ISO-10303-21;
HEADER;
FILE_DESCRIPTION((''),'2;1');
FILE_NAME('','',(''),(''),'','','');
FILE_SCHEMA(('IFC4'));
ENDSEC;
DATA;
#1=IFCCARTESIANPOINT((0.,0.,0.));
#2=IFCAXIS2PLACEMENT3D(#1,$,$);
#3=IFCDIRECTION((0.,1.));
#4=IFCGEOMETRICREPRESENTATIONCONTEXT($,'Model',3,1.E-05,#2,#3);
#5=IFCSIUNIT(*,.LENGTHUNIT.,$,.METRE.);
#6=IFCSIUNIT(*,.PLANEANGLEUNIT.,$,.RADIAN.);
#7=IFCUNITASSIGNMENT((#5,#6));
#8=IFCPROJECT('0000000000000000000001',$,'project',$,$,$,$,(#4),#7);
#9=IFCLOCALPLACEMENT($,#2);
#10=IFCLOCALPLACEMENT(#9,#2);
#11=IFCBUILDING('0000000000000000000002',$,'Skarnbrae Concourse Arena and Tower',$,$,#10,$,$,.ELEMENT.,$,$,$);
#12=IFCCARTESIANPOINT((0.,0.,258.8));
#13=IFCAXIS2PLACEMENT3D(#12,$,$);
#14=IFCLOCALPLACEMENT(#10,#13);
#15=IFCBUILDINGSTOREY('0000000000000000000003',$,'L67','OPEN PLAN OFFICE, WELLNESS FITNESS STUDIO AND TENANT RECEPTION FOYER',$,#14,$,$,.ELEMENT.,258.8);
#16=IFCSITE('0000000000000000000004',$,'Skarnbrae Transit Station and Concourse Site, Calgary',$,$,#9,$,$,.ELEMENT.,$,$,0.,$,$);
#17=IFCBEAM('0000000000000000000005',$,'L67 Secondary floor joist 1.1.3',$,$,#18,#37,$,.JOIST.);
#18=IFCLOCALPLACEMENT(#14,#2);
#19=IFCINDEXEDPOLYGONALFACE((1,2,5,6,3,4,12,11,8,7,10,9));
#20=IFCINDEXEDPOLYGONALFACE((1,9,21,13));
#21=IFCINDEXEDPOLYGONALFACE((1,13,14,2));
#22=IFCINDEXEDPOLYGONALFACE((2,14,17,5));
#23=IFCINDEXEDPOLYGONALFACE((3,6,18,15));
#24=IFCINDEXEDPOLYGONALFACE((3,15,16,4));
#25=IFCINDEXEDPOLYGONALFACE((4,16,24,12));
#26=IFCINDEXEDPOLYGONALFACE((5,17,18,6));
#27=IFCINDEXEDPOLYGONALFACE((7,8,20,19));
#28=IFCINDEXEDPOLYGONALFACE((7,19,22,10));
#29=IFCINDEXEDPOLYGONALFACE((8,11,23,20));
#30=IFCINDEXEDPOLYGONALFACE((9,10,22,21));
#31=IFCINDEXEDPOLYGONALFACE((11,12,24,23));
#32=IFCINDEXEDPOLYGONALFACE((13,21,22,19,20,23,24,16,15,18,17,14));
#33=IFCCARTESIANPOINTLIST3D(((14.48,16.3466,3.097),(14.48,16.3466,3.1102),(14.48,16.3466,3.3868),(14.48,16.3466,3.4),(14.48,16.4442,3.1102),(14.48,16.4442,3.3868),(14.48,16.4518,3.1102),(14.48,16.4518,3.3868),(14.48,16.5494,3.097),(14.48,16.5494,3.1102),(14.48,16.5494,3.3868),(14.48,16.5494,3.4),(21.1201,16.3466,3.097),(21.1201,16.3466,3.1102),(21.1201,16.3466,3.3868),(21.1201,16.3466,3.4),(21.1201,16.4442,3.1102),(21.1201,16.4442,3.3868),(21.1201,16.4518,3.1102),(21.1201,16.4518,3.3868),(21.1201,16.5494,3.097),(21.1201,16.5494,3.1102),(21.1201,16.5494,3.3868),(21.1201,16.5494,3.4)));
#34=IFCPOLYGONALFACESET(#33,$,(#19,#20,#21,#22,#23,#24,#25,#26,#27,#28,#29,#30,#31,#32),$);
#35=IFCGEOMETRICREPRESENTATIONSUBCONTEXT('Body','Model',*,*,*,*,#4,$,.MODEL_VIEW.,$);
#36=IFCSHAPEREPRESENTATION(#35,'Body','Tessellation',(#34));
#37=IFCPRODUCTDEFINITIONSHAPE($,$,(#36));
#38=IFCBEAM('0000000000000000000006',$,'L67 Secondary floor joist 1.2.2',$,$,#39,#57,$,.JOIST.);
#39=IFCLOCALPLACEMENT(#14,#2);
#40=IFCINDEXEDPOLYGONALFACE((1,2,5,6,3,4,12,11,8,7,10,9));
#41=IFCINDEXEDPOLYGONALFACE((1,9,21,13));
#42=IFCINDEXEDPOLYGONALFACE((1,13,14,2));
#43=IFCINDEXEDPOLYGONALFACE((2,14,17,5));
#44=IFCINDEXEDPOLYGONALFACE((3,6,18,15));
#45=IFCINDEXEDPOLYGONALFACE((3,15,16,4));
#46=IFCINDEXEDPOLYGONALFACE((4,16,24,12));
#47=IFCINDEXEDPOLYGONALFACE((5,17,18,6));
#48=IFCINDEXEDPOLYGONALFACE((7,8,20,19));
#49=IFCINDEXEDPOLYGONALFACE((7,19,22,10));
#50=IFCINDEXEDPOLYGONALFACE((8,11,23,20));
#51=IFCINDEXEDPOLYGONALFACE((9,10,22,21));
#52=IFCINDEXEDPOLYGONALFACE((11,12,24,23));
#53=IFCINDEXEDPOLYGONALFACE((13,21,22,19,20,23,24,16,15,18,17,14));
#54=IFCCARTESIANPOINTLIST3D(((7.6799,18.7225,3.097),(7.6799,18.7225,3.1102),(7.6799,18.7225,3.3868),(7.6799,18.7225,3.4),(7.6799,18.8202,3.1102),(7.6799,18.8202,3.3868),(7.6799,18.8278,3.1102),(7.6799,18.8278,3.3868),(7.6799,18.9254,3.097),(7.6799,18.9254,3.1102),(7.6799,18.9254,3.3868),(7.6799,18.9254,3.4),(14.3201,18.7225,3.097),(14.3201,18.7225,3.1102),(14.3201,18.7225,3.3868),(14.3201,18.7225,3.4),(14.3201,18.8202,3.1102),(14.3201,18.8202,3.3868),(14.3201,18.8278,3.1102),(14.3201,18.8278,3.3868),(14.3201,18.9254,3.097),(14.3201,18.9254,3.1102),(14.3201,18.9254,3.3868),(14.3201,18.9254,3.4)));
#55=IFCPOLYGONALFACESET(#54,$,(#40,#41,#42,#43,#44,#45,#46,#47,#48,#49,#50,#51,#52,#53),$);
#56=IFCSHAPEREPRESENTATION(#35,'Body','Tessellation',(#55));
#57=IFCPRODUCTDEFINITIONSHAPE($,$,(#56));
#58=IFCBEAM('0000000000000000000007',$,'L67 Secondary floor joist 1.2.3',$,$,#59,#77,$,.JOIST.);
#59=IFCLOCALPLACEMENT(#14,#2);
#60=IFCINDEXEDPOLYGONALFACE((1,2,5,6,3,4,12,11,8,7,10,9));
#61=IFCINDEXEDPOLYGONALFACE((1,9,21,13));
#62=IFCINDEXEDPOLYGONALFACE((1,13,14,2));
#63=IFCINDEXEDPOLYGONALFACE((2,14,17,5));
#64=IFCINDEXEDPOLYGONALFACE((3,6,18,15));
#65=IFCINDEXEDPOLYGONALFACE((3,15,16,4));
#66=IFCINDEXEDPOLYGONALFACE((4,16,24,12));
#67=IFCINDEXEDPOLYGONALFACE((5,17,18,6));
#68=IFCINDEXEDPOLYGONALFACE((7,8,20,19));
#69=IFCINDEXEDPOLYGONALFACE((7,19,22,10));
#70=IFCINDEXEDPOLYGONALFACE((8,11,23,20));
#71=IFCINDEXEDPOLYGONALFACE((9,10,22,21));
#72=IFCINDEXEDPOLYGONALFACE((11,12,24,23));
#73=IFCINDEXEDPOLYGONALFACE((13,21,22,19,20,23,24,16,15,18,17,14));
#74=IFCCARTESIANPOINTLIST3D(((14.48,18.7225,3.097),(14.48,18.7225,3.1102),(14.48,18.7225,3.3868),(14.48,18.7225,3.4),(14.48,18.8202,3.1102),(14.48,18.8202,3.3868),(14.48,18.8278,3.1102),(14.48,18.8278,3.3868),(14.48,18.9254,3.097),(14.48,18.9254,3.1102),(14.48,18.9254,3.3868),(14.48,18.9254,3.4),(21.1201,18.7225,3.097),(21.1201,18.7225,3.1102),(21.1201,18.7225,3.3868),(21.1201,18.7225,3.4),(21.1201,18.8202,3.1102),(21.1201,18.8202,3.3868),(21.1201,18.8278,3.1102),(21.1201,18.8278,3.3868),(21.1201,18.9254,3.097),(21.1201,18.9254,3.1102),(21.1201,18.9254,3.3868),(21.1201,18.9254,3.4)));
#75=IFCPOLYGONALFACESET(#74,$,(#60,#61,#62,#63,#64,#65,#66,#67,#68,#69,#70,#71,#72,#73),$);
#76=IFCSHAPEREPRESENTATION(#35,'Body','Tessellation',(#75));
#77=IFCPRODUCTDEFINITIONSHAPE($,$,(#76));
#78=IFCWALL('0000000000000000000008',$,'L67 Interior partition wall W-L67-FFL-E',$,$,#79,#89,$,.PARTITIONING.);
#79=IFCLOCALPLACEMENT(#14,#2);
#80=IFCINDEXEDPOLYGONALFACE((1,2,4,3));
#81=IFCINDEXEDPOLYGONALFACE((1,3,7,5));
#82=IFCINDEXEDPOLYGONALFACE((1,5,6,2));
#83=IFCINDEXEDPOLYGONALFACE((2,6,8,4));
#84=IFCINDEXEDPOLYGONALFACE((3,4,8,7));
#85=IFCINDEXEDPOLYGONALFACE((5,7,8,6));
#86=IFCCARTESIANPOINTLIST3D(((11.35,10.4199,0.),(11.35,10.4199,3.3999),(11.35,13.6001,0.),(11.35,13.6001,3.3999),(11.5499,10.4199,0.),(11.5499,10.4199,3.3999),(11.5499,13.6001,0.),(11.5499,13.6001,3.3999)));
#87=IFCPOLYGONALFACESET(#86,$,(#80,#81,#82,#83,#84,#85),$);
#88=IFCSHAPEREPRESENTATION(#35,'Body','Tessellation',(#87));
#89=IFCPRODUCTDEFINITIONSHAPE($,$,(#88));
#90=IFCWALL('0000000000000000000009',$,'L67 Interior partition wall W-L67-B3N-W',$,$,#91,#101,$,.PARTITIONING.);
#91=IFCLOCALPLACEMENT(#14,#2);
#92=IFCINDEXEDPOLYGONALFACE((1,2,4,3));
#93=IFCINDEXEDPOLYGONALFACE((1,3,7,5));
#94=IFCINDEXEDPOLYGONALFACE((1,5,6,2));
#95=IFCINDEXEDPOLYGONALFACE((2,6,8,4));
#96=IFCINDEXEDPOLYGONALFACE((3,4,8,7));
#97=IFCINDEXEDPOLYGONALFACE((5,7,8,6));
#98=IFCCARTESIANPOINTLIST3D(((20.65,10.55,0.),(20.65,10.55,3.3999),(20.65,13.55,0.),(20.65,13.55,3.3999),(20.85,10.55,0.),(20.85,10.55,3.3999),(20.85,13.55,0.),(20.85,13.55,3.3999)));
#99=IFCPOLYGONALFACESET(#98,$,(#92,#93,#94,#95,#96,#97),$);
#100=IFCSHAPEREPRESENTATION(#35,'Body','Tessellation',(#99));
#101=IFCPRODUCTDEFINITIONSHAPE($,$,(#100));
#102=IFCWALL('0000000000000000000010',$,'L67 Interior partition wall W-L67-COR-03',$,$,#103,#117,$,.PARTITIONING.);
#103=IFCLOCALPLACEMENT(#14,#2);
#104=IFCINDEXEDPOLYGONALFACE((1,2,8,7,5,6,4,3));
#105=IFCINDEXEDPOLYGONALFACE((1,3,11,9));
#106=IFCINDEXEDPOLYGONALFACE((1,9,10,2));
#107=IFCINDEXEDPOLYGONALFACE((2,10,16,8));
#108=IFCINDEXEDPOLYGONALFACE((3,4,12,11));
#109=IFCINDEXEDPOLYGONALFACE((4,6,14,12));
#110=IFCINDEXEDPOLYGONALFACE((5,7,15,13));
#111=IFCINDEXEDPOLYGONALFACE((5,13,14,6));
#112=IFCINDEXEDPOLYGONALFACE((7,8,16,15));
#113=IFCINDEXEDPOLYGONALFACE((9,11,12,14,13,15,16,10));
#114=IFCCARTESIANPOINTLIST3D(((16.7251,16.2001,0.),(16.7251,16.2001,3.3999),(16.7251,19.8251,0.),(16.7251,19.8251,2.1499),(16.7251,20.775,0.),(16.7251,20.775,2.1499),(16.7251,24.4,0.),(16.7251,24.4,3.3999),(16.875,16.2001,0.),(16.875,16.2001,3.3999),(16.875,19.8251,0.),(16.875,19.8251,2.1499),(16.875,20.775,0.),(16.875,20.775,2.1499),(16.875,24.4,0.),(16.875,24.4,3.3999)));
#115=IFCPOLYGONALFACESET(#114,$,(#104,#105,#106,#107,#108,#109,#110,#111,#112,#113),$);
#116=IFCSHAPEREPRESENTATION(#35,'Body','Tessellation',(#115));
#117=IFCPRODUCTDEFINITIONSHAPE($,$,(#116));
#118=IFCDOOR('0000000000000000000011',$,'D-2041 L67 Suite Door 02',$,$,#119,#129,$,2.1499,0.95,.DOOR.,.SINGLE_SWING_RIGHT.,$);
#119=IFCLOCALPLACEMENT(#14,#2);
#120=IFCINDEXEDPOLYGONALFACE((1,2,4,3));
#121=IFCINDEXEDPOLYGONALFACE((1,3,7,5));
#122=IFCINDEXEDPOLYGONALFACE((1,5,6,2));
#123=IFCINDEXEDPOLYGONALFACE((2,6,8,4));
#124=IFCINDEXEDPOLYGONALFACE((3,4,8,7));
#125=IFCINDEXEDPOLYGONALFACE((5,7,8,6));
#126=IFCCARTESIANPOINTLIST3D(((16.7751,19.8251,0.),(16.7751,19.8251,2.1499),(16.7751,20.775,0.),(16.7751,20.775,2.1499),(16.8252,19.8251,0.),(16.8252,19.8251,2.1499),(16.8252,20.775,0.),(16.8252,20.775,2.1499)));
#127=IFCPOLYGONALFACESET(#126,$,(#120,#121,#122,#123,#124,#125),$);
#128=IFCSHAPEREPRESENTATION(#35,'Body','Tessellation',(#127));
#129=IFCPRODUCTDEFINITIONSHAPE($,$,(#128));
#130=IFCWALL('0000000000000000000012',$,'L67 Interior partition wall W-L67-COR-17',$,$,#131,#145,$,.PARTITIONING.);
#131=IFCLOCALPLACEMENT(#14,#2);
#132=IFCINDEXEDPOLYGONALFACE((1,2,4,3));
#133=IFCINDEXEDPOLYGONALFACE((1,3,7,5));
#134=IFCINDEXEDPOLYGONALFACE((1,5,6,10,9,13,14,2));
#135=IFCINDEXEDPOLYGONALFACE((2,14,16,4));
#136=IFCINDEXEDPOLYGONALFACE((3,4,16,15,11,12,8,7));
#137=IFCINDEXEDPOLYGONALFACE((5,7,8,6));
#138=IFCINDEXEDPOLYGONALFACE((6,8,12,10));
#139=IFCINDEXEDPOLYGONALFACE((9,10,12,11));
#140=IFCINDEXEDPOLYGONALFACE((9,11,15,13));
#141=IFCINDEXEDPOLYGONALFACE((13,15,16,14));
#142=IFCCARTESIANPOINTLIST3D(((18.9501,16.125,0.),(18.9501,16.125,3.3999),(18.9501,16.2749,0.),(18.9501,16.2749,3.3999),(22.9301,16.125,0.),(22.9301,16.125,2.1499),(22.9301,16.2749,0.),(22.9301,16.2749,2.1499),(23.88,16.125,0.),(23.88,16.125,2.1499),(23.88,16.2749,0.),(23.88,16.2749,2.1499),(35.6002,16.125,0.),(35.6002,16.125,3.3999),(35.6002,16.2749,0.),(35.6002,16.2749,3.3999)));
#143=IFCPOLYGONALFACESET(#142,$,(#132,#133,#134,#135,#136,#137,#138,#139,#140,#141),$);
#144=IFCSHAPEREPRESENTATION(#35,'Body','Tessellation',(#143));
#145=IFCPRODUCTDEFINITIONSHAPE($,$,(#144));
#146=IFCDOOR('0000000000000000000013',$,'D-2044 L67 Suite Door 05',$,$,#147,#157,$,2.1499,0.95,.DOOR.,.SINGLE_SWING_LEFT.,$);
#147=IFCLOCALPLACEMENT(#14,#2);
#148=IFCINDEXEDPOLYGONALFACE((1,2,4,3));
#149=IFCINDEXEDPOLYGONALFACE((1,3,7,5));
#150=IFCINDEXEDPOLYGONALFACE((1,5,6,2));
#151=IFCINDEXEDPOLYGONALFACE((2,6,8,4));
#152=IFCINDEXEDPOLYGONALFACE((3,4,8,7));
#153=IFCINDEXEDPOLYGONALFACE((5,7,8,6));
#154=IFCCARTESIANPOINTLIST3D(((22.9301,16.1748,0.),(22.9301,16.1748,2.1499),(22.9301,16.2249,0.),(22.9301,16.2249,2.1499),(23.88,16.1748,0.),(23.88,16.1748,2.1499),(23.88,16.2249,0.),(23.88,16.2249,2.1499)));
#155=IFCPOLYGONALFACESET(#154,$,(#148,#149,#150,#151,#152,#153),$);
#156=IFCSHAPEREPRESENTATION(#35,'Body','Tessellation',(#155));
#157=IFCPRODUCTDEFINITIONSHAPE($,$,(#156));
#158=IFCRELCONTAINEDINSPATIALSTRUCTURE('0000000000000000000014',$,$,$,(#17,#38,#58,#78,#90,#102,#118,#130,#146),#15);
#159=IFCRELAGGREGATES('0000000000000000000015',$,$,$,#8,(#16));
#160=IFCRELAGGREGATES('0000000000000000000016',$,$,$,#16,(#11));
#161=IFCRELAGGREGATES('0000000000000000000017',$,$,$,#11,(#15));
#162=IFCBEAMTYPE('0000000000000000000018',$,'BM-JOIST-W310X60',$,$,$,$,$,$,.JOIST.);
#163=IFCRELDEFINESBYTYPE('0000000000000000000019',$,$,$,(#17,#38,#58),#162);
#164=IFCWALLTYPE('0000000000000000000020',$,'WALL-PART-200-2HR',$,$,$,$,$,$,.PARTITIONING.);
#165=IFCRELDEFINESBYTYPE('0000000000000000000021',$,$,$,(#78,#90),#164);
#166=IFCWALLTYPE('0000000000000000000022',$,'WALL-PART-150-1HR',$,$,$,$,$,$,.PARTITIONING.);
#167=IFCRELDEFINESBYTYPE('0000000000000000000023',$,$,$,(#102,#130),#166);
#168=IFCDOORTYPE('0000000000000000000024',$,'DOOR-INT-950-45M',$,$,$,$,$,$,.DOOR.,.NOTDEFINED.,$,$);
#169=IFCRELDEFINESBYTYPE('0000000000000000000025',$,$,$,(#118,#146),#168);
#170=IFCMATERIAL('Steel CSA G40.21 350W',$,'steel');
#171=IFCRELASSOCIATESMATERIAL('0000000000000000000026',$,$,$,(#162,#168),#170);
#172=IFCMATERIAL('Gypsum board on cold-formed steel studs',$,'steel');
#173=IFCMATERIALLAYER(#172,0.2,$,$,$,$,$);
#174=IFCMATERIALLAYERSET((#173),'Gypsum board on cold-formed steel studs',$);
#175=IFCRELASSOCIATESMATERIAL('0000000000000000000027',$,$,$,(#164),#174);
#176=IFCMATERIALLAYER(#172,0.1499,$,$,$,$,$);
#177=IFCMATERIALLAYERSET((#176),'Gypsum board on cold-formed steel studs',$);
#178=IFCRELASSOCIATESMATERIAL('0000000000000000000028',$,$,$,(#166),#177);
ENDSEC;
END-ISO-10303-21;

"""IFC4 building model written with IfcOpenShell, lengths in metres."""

from ifc_helpers import new_model, si_unit, direction, frame, frame_2d, origin, origin_2d, place, context, subcontext, project, spatial, rectangle, i_section, extrude, source, transform, mapped, material, layer, layer_set, material_profile, profile_set, type_object, element, fill, save


model = new_model("IFC4")

# Units and contexts
model_context = context("Model", 3, precision=1e-05, world=origin(), true_north=direction((0.0, 1.0)))
body_context = subcontext(model_context, "Body", "Model", "MODEL_VIEW")
ifc_project = project(units=[si_unit("LENGTHUNIT", "METRE"), si_unit("PLANEANGLEUNIT", "RADIAN")], contexts=[model_context])

# Site, building, storey
site_placement = place(None, origin())
site = spatial("IfcSite", under=ifc_project, at=site_placement, Name="Skarnbrae Transit Station and Concourse Site, Calgary", CompositionType="ELEMENT", RefElevation=0.0)
building_placement = place(site_placement, origin())
building = spatial("IfcBuilding", under=site, at=building_placement, Name="Skarnbrae Concourse Arena and Tower", CompositionType="ELEMENT")
storey_placement = place(building_placement, frame((0.0, 0.0, 258.8)))
storey = spatial("IfcBuildingStorey", under=building, at=storey_placement, Name="L67", Description="OPEN PLAN OFFICE, WELLNESS FITNESS STUDIO AND TENANT RECEPTION FOYER", CompositionType="ELEMENT", Elevation=258.8)

# Shared definitions
ifc_material_1 = material(Name="Steel CSA G40.21 350W", Category="steel")

# Beams
ifc_material_profile_1 = material_profile(ifc_material_1, i_section(OverallWidth=0.2029, OverallDepth=0.303, WebThickness=0.0076, FlangeThickness=0.0132, at=origin_2d()), Name="W310X60")
ifc_profile_set_1 = profile_set([ifc_material_profile_1], Name="Steel CSA G40.21 350W")
beam_type_1 = type_object("IfcBeamType", Name="BM-JOIST-W310X60", PredefinedType="JOIST", material=ifc_profile_set_1)
shared_shape_1 = source(origin(), body_context, "Body", "SweptSolid", [
    extrude(i_section(OverallWidth=0.2029, OverallDepth=0.303, WebThickness=0.0076, FlangeThickness=0.0132, at=origin_2d()), origin(), (0.0, 0.0, 1.0), 6.6401),
])
for number, where, z_axis, x_axis, name in (
    (1, (14.48, 16.448, 3.2485), (1.0, 0.0, 0.0), (0.0, 1.0, 0.0), "L67 Secondary floor joist 1.1.3"),
    (2, (7.6799, 18.824, 3.2485), (1.0, 0.0, 0.0), (0.0, 1.0, 0.0), "L67 Secondary floor joist 1.2.2"),
    (3, (14.48, 18.824, 3.2485), (1.0, 0.0, 0.0), (0.0, 1.0, 0.0), "L67 Secondary floor joist 1.2.3"),
):
    element("IfcBeam", number, at=place(storey_placement, frame(where, z_axis=z_axis, x_axis=x_axis)), inside=storey, type_object=beam_type_1, Name=name, PredefinedType="JOIST", context=body_context, shape_type="MappedRepresentation", body=[
        mapped(shared_shape_1, transform((0.0, 0.0, 0.0))),
    ])

# Wall
ifc_material_2 = material(Name="Gypsum board on cold-formed steel studs", Category="steel")
ifc_layer_1 = layer(ifc_material_2, 0.2)
ifc_layer_set_1 = layer_set([ifc_layer_1], Name="Gypsum board on cold-formed steel studs")
wall_type_1 = type_object("IfcWallType", Name="WALL-PART-200-2HR", PredefinedType="PARTITIONING", material=ifc_layer_set_1)
shared_shape_2 = source(origin(), body_context, "Body", "SweptSolid", [
    extrude(rectangle(XDim=3.1802, YDim=0.2, at=frame_2d((1.5901, 0.0))), origin(), (0.0, 0.0, 1.0), 3.3999),
])
wall_1_placement = place(storey_placement, frame((11.45, 10.4199, 0.0), z_axis=(0.0, 0.0, 1.0), x_axis=(0.0, 1.0, 0.0)))
element("IfcWall", 4, at=wall_1_placement, inside=storey, type_object=wall_type_1, Name="L67 Interior partition wall W-L67-FFL-E", PredefinedType="PARTITIONING", context=body_context, shape_type="MappedRepresentation", body=[
    mapped(shared_shape_2, transform((0.0, 0.0, 0.0))),
])

# Wall
shared_shape_3 = source(origin(), body_context, "Body", "SweptSolid", [
    extrude(rectangle(XDim=3.0, YDim=0.2, at=frame_2d((1.5, 0.0))), origin(), (0.0, 0.0, 1.0), 3.3999),
])
wall_2_placement = place(storey_placement, frame((20.75, 10.55, 0.0), z_axis=(0.0, 0.0, 1.0), x_axis=(0.0, 1.0, 0.0)))
element("IfcWall", 5, at=wall_2_placement, inside=storey, type_object=wall_type_1, Name="L67 Interior partition wall W-L67-B3N-W", PredefinedType="PARTITIONING", context=body_context, shape_type="MappedRepresentation", body=[
    mapped(shared_shape_3, transform((0.0, 0.0, 0.0))),
])

# Walls, openings, doors
ifc_layer_2 = layer(ifc_material_2, 0.1499)
ifc_layer_set_2 = layer_set([ifc_layer_2], Name="Gypsum board on cold-formed steel studs")
wall_type_2 = type_object("IfcWallType", Name="WALL-PART-150-1HR", PredefinedType="PARTITIONING", material=ifc_layer_set_2)
shared_shape_4 = source(origin(), body_context, "Body", "SweptSolid", [
    extrude(rectangle(XDim=8.2, YDim=0.1499, at=frame_2d((4.1001, 0.0))), origin(), (0.0, 0.0, 1.0), 3.3999),
])
wall_3_placement = place(storey_placement, frame((16.8, 16.2, 0.0), z_axis=(0.0, 0.0, 1.0), x_axis=(0.0, 1.0, 0.0)))
wall_3 = element("IfcWall", 6, at=wall_3_placement, inside=storey, type_object=wall_type_2, Name="L67 Interior partition wall W-L67-COR-03", PredefinedType="PARTITIONING", context=body_context, shape_type="MappedRepresentation", body=[
    mapped(shared_shape_4, transform((0.0, 0.0, 0.0))),
])
opening_1_placement = place(wall_3_placement, frame((3.625, 0.0, 0.0)))
opening_1 = element("IfcOpeningElement", 7, at=opening_1_placement, cuts=wall_3, PredefinedType="OPENING", context=body_context, shape_type="SweptSolid", body=[
    extrude(rectangle(XDim=0.95, YDim=2.1499, at=frame_2d((0.4751, 1.075))), frame((0.0, 0.085, 0.0), z_axis=(0.0, -1.0, 0.0), x_axis=(1.0, 0.0, 0.0)), (0.0, 0.0, 1.0), 0.1699),
])
door_type_1 = type_object("IfcDoorType", Name="DOOR-INT-950-45M", OperationType="NOTDEFINED", PredefinedType="DOOR", material=ifc_material_1)
shared_shape_5 = source(origin(), body_context, "Body", "SweptSolid", [
    extrude(rectangle(XDim=0.95, YDim=2.1499, at=frame_2d((0.4751, 1.075))), frame((0.0, 0.0249, 0.0), z_axis=(0.0, -1.0, 0.0), x_axis=(1.0, 0.0, 0.0)), (0.0, 0.0, 1.0), 0.05),
])
door_1_placement = place(opening_1_placement, origin())
door_1 = element("IfcDoor", 8, at=door_1_placement, inside=storey, type_object=door_type_1, Name="D-2041 L67 Suite Door 02", OperationType="SINGLE_SWING_RIGHT", OverallHeight=2.1499, OverallWidth=0.95, PredefinedType="DOOR", context=body_context, shape_type="MappedRepresentation", body=[
    mapped(shared_shape_5, transform((0.0, 0.0, 0.0))),
])
fill(opening_1, door_1)
shared_shape_6 = source(origin(), body_context, "Body", "SweptSolid", [
    extrude(rectangle(XDim=16.6501, YDim=0.1499, at=frame_2d((8.3252, 0.0))), origin(), (0.0, 0.0, 1.0), 3.3999),
])
wall_4_placement = place(storey_placement, frame((18.95, 16.2, 0.0), z_axis=(0.0, 0.0, 1.0), x_axis=(1.0, 0.0, 0.0)))
wall_4 = element("IfcWall", 9, at=wall_4_placement, inside=storey, type_object=wall_type_2, Name="L67 Interior partition wall W-L67-COR-17", PredefinedType="PARTITIONING", context=body_context, shape_type="MappedRepresentation", body=[
    mapped(shared_shape_6, transform((0.0, 0.0, 0.0))),
])
opening_2_placement = place(wall_4_placement, frame((3.98, 0.0, 0.0)))
opening_2 = element("IfcOpeningElement", 10, at=opening_2_placement, cuts=wall_4, PredefinedType="OPENING", context=body_context, shape_type="SweptSolid", body=[
    extrude(rectangle(XDim=0.95, YDim=2.1499, at=frame_2d((0.4751, 1.075))), frame((0.0, 0.085, 0.0), z_axis=(0.0, -1.0, 0.0), x_axis=(1.0, 0.0, 0.0)), (0.0, 0.0, 1.0), 0.1699),
])
door_2_placement = place(opening_2_placement, origin())
door_2 = element("IfcDoor", 11, at=door_2_placement, inside=storey, type_object=door_type_1, Name="D-2044 L67 Suite Door 05", OperationType="SINGLE_SWING_LEFT", OverallHeight=2.1499, OverallWidth=0.95, PredefinedType="DOOR", context=body_context, shape_type="MappedRepresentation", body=[
    mapped(shared_shape_5, transform((0.0, 0.0, 0.0))),
])
fill(opening_2, door_2)

save(model, "model.ifc")
